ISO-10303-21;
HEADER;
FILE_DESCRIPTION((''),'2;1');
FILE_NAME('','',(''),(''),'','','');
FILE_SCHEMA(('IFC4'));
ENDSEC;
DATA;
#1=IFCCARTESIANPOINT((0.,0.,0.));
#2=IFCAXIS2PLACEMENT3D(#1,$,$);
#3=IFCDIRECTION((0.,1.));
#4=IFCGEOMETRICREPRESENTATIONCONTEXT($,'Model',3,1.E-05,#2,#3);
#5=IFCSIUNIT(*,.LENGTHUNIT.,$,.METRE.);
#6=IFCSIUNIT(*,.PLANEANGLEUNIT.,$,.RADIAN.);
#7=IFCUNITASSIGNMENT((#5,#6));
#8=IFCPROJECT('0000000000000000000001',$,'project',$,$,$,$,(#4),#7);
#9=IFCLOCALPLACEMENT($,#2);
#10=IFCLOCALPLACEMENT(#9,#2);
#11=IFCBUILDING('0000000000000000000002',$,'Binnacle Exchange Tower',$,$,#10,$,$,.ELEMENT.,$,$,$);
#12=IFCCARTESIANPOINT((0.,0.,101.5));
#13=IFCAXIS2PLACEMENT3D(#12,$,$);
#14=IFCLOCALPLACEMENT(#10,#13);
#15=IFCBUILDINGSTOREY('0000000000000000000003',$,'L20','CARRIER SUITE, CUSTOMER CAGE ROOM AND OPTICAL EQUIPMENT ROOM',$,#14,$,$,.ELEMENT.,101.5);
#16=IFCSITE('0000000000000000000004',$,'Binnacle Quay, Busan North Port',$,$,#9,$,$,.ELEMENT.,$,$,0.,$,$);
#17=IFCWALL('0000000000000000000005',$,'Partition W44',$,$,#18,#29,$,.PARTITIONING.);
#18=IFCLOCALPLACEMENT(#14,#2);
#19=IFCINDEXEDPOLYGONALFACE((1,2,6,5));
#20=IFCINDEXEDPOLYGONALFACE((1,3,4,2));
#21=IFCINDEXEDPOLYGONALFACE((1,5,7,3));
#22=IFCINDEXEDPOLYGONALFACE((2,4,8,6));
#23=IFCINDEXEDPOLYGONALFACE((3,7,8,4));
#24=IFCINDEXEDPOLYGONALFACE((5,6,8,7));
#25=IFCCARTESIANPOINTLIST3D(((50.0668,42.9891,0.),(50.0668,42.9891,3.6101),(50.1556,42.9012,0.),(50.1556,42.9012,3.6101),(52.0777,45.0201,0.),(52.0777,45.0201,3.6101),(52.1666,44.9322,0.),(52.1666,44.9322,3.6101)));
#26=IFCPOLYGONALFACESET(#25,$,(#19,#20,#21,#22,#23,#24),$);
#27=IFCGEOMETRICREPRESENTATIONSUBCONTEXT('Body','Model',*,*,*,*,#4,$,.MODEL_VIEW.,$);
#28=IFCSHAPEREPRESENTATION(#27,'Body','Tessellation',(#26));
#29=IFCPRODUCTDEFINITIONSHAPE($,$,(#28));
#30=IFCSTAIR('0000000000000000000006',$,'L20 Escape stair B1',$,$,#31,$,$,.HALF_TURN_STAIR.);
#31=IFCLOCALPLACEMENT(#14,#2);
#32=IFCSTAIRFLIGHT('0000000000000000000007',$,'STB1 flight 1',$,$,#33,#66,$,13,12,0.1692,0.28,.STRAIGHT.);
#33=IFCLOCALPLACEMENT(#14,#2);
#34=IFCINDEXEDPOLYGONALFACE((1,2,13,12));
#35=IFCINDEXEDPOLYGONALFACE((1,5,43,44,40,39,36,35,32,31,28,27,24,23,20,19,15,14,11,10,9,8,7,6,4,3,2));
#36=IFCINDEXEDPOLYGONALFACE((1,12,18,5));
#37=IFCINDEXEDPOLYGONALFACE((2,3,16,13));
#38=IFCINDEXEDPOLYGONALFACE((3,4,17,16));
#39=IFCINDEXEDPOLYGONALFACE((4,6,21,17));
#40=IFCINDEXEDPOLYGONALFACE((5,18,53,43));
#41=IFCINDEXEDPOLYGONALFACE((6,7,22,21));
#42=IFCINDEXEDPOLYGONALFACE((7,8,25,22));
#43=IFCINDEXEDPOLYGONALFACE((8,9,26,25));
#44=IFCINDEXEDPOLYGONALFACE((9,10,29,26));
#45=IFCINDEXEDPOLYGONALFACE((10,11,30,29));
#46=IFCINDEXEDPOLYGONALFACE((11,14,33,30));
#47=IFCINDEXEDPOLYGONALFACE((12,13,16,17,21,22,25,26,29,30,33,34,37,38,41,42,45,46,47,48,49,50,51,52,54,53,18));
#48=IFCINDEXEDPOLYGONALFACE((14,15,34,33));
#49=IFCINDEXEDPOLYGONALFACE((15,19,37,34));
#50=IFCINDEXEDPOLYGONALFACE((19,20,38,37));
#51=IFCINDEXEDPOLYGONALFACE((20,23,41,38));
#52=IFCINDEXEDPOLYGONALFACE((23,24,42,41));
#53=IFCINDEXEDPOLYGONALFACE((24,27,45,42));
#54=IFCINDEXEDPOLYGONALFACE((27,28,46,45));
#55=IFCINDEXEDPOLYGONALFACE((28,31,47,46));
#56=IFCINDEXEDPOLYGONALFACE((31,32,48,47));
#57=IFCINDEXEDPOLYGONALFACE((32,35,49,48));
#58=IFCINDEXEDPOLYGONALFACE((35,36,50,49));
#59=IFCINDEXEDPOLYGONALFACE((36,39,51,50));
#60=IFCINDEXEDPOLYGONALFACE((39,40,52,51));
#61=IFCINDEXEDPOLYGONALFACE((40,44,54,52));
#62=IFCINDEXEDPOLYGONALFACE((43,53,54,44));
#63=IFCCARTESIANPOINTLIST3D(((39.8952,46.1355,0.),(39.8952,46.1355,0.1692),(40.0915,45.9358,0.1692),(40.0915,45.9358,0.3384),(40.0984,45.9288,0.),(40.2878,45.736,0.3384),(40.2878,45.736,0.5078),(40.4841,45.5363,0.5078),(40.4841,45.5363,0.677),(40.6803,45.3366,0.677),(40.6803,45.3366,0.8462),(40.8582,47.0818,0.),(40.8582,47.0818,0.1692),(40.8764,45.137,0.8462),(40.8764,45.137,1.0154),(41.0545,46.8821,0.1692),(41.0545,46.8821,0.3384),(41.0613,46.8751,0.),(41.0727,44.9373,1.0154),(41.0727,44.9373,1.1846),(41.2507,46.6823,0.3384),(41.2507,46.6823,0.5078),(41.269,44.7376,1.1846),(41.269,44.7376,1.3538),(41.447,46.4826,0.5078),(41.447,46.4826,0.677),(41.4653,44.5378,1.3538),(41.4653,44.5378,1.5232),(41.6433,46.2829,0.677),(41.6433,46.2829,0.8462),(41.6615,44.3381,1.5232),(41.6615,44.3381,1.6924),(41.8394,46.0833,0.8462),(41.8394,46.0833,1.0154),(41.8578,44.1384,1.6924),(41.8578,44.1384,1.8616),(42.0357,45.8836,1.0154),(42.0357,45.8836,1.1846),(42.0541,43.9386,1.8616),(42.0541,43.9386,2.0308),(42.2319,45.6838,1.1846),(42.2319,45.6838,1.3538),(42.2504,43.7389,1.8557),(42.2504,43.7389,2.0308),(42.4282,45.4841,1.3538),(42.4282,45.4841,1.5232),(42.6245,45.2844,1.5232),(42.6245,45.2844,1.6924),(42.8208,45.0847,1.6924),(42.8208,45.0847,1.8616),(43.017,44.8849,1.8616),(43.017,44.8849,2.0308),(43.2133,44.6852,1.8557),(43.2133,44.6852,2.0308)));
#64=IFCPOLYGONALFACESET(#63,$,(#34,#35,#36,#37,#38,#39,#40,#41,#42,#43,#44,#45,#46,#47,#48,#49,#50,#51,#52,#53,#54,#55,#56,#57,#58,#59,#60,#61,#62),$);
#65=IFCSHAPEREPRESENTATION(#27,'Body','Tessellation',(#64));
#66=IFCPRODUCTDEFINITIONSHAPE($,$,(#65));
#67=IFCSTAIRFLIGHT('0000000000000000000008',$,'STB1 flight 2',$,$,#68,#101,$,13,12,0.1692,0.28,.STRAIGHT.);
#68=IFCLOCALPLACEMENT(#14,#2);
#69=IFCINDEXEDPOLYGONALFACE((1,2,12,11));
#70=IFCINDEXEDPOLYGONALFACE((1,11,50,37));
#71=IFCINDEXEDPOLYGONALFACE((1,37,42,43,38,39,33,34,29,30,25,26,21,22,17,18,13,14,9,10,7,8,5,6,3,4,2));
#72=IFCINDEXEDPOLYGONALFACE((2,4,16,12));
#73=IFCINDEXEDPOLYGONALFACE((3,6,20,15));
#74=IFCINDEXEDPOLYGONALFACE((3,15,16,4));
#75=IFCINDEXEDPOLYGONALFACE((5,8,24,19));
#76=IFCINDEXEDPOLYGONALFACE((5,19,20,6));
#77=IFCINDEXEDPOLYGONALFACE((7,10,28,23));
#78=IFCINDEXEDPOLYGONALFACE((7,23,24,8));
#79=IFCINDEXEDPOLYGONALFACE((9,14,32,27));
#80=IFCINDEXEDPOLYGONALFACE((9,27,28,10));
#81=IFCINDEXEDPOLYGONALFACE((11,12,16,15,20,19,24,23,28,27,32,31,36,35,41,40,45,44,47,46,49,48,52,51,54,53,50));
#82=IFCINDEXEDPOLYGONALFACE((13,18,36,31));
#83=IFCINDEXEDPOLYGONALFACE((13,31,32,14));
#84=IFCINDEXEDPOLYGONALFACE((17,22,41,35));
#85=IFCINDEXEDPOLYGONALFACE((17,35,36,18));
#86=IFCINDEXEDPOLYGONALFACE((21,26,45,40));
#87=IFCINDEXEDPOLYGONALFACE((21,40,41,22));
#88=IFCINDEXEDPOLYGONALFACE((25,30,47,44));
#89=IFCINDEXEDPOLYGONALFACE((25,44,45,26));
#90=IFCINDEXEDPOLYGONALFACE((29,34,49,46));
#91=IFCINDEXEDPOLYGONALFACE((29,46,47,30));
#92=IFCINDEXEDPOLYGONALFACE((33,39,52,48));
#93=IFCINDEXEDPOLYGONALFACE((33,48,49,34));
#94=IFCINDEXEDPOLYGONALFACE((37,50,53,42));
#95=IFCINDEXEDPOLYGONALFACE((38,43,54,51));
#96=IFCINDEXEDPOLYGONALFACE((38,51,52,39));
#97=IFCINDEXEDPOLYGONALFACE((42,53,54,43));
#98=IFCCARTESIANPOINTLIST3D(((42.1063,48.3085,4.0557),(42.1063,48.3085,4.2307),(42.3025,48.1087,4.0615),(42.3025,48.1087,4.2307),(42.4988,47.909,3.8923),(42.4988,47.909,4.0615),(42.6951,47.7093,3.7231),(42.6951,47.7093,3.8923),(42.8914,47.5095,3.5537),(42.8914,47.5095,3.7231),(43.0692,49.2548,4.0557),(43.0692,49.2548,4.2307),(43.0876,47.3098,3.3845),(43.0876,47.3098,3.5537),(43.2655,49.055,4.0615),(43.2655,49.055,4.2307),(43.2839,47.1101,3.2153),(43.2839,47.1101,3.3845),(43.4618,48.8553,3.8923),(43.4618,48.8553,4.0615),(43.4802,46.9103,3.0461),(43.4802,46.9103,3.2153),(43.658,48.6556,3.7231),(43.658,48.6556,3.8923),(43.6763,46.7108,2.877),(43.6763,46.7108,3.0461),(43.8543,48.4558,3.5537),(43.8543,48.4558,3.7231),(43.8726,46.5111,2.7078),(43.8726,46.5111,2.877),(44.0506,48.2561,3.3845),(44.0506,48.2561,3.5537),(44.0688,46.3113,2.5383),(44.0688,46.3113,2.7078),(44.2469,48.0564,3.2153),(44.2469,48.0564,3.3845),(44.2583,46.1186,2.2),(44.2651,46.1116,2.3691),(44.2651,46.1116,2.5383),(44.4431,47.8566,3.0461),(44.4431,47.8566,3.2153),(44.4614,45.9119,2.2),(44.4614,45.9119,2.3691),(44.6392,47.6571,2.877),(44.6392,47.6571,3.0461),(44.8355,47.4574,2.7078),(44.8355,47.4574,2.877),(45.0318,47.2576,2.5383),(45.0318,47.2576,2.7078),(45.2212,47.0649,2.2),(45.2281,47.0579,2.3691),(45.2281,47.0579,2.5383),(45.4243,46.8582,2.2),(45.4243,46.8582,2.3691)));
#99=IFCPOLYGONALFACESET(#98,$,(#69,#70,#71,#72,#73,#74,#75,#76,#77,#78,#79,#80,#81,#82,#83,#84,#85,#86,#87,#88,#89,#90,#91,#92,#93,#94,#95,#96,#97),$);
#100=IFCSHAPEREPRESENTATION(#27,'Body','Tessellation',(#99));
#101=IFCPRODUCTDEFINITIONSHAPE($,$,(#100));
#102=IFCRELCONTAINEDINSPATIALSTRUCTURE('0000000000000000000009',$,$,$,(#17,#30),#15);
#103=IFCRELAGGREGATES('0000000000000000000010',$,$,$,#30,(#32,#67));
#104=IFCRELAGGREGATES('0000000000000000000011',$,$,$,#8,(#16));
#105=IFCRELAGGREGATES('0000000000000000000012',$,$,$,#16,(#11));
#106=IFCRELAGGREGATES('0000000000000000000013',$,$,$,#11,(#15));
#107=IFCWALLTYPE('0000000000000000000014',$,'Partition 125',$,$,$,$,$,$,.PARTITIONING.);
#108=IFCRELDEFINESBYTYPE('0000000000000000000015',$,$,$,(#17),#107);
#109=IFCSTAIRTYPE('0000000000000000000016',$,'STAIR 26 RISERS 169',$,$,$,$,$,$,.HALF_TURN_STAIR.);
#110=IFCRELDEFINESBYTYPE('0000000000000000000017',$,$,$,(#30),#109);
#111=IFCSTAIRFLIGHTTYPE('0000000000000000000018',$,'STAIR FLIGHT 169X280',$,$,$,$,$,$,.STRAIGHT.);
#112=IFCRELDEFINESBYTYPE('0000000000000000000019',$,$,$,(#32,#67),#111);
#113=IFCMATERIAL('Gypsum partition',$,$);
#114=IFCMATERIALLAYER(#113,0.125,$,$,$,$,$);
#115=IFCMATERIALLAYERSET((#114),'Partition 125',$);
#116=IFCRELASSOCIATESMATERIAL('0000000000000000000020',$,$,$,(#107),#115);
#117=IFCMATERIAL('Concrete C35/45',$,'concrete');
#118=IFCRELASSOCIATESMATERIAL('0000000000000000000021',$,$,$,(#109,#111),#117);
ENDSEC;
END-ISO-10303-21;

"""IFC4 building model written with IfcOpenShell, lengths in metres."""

from ifc_helpers import new_model, si_unit, direction, frame, frame_2d, origin, place, context, subcontext, project, spatial, polyline, rectangle, outline, extrude, material, layer, layer_set, type_object, element, aggregate, save


model = new_model("IFC4")

# Units and contexts
model_context = context("Model", 3, precision=1e-05, world=origin(), true_north=direction((0.0, 1.0)))
body_context = subcontext(model_context, "Body", "Model", "MODEL_VIEW")
ifc_project = project(units=[si_unit("LENGTHUNIT", "METRE"), si_unit("PLANEANGLEUNIT", "RADIAN")], contexts=[model_context])

# Site, building, storey
site_placement = place(None, origin())
site = spatial("IfcSite", under=ifc_project, at=site_placement, Name="Binnacle Quay, Busan North Port", CompositionType="ELEMENT", RefElevation=0.0)
building_placement = place(site_placement, origin())
building = spatial("IfcBuilding", under=site, at=building_placement, Name="Binnacle Exchange Tower", CompositionType="ELEMENT")
storey_placement = place(building_placement, frame((0.0, 0.0, 101.5)))
storey = spatial("IfcBuildingStorey", under=building, at=storey_placement, Name="L20", Description="CARRIER SUITE, CUSTOMER CAGE ROOM AND OPTICAL EQUIPMENT ROOM", CompositionType="ELEMENT", Elevation=101.5)

# Wall
ifc_material_1 = material(Name="Gypsum partition")
ifc_layer_1 = layer(ifc_material_1, 0.125)
ifc_layer_set_1 = layer_set([ifc_layer_1], Name="Partition 125")
wall_type_1 = type_object("IfcWallType", Name="Partition 125", PredefinedType="PARTITIONING", material=ifc_layer_set_1)
wall_1_placement = place(storey_placement, frame((50.1111, 42.9451, 0.0), z_axis=(0.0, 0.0, 1.0), x_axis=(0.703596, 0.7106, 0.0)))
element("IfcWall", 1, at=wall_1_placement, inside=storey, type_object=wall_type_1, Name="Partition W44", PredefinedType="PARTITIONING", context=body_context, shape_type="SweptSolid", body=[
    extrude(rectangle(XDim=2.8582, YDim=0.125, at=frame_2d((1.4292, 0.0))), origin(), (0.0, 0.0, 1.0), 3.6101),
])

# Stair, stair flights
ifc_material_2 = material(Name="Concrete C35/45", Category="concrete")
stair_type = type_object("IfcStairType", Name="STAIR 26 RISERS 169", PredefinedType="HALF_TURN_STAIR", material=ifc_material_2)
stair_placement = place(storey_placement, origin())
stair = element("IfcStair", 2, at=stair_placement, inside=storey, type_object=stair_type, Name="L20 Escape stair B1", PredefinedType="HALF_TURN_STAIR")
stair_flight_type = type_object("IfcStairFlightType", Name="STAIR FLIGHT 169X280", PredefinedType="STRAIGHT", material=ifc_material_2)
stair_flight_1_placement = place(storey_placement, frame((40.3767, 46.6086, 0.0), z_axis=(0.0, 0.0, 1.0), x_axis=(0.700909, -0.71325, 0.0)))
stair_flight_1 = element("IfcStairFlight", 3, at=stair_flight_1_placement, type_object=stair_flight_type, Name="STB1 flight 1", NumberOfRisers=13, NumberOfTreads=12, PredefinedType="STRAIGHT", RiserHeight=0.1692, TreadLength=0.28, context=body_context, shape_type="SweptSolid", body=[
    extrude(outline(polyline([(0.0, 0.0), (0.0, 0.1692), (0.28, 0.1692), (0.28, 0.3384), (0.5601, 0.3384), (0.5601, 0.5078), (0.8401, 0.5078), (0.8401, 0.677), (1.1201, 0.677), (1.1201, 0.8462), (1.3999, 0.8462), (1.3999, 1.0154), (1.6799, 1.0154), (1.6799, 1.1846), (1.96, 1.1846), (1.96, 1.3538), (2.24, 1.3538), (2.24, 1.5232), (2.52, 1.5232), (2.52, 1.6924), (2.8, 1.6924), (2.8, 1.8616), (3.0801, 1.8616), (3.0801, 2.0308), (3.3601, 2.0308), (3.3601, 2.2), (3.3601, 1.8557), (0.2898, 0.0), (0.0, 0.0)])), frame((0.0, 0.675, 0.0), z_axis=(0.0, -1.0, 0.0), x_axis=(1.0, 0.0, 0.0)), (0.0, 0.0, 1.0), 1.3501),
])
stair_flight_2_placement = place(storey_placement, frame((44.9429, 46.385, 2.2), z_axis=(0.0, 0.0, 1.0), x_axis=(-0.700909, 0.71325, 0.0)))
stair_flight_2 = element("IfcStairFlight", 4, at=stair_flight_2_placement, type_object=stair_flight_type, Name="STB1 flight 2", NumberOfRisers=13, NumberOfTreads=12, PredefinedType="STRAIGHT", RiserHeight=0.1692, TreadLength=0.28, context=body_context, shape_type="SweptSolid", body=[
    extrude(outline(polyline([(0.0, 0.0), (0.0, 0.1692), (0.28, 0.1692), (0.28, 0.3384), (0.5601, 0.3384), (0.5601, 0.5078), (0.8401, 0.5078), (0.8401, 0.677), (1.1201, 0.677), (1.1201, 0.8462), (1.3999, 0.8462), (1.3999, 1.0154), (1.6799, 1.0154), (1.6799, 1.1846), (1.96, 1.1846), (1.96, 1.3538), (2.24, 1.3538), (2.24, 1.5232), (2.52, 1.5232), (2.52, 1.6924), (2.8, 1.6924), (2.8, 1.8616), (3.0801, 1.8616), (3.0801, 2.0308), (3.3601, 2.0308), (3.3601, 2.2), (3.3601, 1.8557), (0.2898, 0.0), (0.0, 0.0)])), frame((0.0, 0.675, 0.0), z_axis=(0.0, -1.0, 0.0), x_axis=(1.0, 0.0, 0.0)), (0.0, 0.0, 1.0), 1.3501),
])
aggregate(stair, [stair_flight_1, stair_flight_2])

save(model, "model.ifc")
